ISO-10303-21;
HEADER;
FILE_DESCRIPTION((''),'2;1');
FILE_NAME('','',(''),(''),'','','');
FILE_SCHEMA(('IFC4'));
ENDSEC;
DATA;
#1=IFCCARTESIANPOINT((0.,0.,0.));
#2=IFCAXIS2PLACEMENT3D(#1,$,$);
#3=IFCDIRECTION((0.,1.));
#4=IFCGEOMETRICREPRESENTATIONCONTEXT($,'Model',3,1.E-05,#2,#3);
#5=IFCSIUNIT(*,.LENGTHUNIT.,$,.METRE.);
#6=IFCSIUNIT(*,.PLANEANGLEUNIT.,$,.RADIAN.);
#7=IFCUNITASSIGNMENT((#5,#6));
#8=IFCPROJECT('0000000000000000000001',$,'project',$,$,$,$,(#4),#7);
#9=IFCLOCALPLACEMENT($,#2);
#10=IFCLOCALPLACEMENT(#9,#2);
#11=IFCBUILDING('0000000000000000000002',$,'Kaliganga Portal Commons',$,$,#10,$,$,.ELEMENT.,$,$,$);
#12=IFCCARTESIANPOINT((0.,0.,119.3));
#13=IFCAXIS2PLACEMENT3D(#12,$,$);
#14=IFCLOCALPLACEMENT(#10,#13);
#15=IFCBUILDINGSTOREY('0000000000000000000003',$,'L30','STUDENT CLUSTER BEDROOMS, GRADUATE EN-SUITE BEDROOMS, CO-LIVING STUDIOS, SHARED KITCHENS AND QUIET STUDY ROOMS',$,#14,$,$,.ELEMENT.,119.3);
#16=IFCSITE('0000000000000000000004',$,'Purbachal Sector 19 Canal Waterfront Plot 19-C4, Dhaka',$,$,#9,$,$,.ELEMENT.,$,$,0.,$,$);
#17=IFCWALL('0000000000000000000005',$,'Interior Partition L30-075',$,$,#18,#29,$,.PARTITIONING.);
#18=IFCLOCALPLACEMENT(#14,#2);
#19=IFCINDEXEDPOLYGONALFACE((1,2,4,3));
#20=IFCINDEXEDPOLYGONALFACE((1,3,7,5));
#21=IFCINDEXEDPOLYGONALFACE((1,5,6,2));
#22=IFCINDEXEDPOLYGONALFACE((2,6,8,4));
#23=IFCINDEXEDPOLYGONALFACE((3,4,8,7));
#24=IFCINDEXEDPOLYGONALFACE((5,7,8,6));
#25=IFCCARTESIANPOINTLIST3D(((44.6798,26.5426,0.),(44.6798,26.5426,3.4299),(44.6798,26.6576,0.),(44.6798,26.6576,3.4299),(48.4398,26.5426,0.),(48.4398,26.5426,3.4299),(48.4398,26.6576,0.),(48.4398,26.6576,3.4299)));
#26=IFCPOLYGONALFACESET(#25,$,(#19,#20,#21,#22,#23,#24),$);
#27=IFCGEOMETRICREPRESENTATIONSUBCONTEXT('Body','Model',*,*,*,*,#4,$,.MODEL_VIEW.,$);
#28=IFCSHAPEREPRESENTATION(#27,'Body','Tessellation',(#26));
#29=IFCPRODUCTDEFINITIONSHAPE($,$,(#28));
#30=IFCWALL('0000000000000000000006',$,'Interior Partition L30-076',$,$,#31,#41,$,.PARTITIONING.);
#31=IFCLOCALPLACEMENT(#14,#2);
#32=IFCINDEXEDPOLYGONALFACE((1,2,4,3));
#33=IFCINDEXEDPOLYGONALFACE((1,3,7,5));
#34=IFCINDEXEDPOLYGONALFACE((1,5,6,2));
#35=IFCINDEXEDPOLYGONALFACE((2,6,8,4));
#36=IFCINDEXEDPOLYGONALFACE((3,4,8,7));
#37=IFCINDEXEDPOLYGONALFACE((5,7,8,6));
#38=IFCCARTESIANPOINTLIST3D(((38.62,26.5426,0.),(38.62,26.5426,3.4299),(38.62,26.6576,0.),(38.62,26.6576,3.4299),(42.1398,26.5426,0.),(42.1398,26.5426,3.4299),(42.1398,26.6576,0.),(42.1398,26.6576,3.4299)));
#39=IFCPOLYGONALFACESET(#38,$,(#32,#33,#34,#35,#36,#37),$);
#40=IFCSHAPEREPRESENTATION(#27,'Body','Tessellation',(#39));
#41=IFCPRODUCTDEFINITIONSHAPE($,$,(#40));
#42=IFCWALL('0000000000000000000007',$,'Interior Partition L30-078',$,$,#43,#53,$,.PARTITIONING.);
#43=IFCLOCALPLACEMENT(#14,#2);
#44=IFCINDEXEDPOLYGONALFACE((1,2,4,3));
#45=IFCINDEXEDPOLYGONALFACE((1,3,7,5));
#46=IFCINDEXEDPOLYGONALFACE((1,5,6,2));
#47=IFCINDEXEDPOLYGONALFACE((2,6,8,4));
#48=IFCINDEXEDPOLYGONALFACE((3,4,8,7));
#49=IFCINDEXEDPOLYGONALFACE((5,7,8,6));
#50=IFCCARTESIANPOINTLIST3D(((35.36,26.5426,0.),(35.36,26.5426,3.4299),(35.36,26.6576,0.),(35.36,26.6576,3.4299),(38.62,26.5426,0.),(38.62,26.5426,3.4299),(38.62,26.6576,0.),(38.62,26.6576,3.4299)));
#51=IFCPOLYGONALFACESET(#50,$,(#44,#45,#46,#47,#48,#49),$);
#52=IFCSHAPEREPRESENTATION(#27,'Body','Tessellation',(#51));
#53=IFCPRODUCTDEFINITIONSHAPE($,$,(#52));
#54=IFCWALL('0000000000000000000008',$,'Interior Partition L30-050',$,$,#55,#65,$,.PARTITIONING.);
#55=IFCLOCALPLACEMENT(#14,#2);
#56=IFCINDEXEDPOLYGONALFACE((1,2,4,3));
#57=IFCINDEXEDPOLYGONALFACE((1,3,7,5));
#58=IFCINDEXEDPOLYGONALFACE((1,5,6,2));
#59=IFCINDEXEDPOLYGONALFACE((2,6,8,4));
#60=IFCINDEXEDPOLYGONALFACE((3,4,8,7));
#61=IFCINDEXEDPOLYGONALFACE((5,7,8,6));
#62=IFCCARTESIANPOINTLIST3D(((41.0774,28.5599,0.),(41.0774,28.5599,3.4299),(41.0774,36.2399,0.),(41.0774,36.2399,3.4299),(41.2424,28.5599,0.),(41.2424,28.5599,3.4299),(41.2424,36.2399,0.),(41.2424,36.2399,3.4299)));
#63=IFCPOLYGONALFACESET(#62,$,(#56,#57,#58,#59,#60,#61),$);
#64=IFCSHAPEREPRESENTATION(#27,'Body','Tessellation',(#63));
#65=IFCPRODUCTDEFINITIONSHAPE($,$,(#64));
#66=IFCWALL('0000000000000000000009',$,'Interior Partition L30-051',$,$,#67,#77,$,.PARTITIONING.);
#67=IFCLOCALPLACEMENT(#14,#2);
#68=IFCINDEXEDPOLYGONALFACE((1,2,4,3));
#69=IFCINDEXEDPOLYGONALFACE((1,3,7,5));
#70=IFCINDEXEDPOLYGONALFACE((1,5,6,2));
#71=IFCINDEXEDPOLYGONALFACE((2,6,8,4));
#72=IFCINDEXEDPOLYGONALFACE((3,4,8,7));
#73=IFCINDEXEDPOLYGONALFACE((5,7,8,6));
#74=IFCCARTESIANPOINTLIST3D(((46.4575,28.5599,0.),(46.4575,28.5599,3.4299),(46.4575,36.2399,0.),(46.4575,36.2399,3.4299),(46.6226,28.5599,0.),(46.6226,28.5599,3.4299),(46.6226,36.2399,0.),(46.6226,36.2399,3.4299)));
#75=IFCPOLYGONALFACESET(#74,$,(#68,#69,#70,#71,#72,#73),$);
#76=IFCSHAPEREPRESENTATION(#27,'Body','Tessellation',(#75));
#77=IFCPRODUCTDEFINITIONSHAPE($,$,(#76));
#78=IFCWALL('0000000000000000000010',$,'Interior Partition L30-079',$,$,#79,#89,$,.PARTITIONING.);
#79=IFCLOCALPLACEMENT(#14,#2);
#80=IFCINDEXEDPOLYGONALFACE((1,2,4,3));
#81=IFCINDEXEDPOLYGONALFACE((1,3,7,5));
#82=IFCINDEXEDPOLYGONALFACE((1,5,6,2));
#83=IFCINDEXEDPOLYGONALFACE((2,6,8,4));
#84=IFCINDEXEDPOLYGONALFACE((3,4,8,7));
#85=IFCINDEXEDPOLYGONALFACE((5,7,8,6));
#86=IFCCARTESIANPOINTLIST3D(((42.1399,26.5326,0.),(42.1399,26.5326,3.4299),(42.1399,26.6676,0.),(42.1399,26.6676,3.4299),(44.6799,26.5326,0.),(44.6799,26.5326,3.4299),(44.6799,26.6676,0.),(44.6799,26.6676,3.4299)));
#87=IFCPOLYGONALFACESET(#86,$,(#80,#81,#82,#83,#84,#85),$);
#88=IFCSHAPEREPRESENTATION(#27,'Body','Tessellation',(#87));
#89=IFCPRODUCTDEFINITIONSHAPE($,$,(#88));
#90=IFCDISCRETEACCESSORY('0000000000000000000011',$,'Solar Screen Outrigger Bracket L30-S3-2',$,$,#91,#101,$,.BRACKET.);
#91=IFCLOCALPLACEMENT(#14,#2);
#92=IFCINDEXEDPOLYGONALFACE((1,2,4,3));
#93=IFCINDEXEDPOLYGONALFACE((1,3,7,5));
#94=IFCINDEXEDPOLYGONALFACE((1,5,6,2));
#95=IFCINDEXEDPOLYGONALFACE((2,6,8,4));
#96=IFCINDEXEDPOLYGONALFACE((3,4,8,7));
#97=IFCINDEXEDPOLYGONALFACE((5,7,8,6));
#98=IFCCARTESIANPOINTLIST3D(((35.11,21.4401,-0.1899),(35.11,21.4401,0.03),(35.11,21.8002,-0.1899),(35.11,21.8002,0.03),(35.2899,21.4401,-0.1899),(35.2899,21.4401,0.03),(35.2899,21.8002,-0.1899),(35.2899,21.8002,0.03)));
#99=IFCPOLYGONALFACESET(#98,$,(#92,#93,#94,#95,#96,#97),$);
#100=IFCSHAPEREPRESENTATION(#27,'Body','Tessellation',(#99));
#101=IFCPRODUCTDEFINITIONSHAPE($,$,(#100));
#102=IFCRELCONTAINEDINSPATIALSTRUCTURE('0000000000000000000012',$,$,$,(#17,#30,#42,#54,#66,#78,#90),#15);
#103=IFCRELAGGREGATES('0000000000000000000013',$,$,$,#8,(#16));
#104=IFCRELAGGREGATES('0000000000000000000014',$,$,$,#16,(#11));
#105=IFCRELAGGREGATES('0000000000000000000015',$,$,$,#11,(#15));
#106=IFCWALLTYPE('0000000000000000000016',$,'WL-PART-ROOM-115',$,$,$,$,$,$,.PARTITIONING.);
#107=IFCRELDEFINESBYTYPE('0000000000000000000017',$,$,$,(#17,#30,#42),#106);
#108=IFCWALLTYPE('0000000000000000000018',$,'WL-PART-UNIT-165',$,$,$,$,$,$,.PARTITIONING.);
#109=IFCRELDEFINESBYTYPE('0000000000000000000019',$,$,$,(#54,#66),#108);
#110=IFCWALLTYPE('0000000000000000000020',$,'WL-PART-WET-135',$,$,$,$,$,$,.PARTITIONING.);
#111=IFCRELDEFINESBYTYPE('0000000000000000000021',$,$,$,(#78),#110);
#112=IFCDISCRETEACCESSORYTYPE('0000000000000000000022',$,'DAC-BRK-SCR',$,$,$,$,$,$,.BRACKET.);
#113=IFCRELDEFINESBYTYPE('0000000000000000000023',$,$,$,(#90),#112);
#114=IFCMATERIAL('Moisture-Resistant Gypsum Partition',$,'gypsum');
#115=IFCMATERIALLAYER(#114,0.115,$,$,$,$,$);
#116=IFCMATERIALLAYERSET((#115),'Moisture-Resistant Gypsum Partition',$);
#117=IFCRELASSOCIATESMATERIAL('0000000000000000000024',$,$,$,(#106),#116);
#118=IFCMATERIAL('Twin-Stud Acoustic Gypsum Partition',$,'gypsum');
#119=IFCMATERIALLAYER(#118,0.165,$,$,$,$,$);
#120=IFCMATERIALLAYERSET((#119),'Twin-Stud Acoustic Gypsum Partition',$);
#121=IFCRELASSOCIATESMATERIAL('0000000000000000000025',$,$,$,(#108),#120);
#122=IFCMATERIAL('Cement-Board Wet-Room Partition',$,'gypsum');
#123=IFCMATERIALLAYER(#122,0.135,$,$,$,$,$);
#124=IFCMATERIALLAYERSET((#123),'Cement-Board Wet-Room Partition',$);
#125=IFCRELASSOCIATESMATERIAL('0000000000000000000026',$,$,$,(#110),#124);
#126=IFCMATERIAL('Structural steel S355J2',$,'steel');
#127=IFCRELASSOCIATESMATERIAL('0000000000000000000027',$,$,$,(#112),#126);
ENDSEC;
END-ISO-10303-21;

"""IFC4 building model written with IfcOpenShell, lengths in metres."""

from ifc_helpers import new_model, si_unit, direction, frame, frame_2d, origin, origin_2d, place, context, subcontext, project, spatial, rectangle, extrude, source, transform, mapped, material, layer, layer_set, type_object, element, save


model = new_model("IFC4")

# Units and contexts
model_context = context("Model", 3, precision=1e-05, world=origin(), true_north=direction((0.0, 1.0)))
body_context = subcontext(model_context, "Body", "Model", "MODEL_VIEW")
ifc_project = project(units=[si_unit("LENGTHUNIT", "METRE"), si_unit("PLANEANGLEUNIT", "RADIAN")], contexts=[model_context])

# Site, building, storey
site_placement = place(None, origin())
site = spatial("IfcSite", under=ifc_project, at=site_placement, Name="Purbachal Sector 19 Canal Waterfront Plot 19-C4, Dhaka", CompositionType="ELEMENT", RefElevation=0.0)
building_placement = place(site_placement, origin())
building = spatial("IfcBuilding", under=site, at=building_placement, Name="Kaliganga Portal Commons", CompositionType="ELEMENT")
storey_placement = place(building_placement, frame((0.0, 0.0, 119.3)))
storey = spatial("IfcBuildingStorey", under=building, at=storey_placement, Name="L30", Description="STUDENT CLUSTER BEDROOMS, GRADUATE EN-SUITE BEDROOMS, CO-LIVING STUDIOS, SHARED KITCHENS AND QUIET STUDY ROOMS", CompositionType="ELEMENT", Elevation=119.3)

# Shared definitions
ifc_material_1 = material(Name="Structural steel S355J2", Category="steel")

# Walls
ifc_material_2 = material(Name="Moisture-Resistant Gypsum Partition", Category="gypsum")
ifc_layer_1 = layer(ifc_material_2, 0.115)
ifc_layer_set_1 = layer_set([ifc_layer_1], Name="Moisture-Resistant Gypsum Partition")
wall_type_1 = type_object("IfcWallType", Name="WL-PART-ROOM-115", PredefinedType="PARTITIONING", material=ifc_layer_set_1)
wall_1_placement = place(storey_placement, frame((44.6799, 26.6001, 0.0), z_axis=(0.0, 0.0, 1.0), x_axis=(1.0, 0.0, 0.0)))
element("IfcWall", 1, at=wall_1_placement, inside=storey, type_object=wall_type_1, Name="Interior Partition L30-075", PredefinedType="PARTITIONING", context=body_context, shape_type="SweptSolid", body=[
    extrude(rectangle(XDim=3.76, YDim=0.115, at=frame_2d((1.8799, 0.0))), origin(), (0.0, 0.0, 1.0), 3.4299),
])
wall_2_placement = place(storey_placement, frame((38.6201, 26.6001, 0.0), z_axis=(0.0, 0.0, 1.0), x_axis=(1.0, 0.0, 0.0)))
element("IfcWall", 2, at=wall_2_placement, inside=storey, type_object=wall_type_1, Name="Interior Partition L30-076", PredefinedType="PARTITIONING", context=body_context, shape_type="SweptSolid", body=[
    extrude(rectangle(XDim=3.5198, YDim=0.115, at=frame_2d((1.7598, 0.0))), origin(), (0.0, 0.0, 1.0), 3.4299),
])
wall_3_placement = place(storey_placement, frame((35.3601, 26.6001, 0.0), z_axis=(0.0, 0.0, 1.0), x_axis=(1.0, 0.0, 0.0)))
element("IfcWall", 3, at=wall_3_placement, inside=storey, type_object=wall_type_1, Name="Interior Partition L30-078", PredefinedType="PARTITIONING", context=body_context, shape_type="SweptSolid", body=[
    extrude(rectangle(XDim=3.26, YDim=0.115, at=frame_2d((1.6299, 0.0))), origin(), (0.0, 0.0, 1.0), 3.4299),
])
ifc_material_3 = material(Name="Twin-Stud Acoustic Gypsum Partition", Category="gypsum")
ifc_layer_2 = layer(ifc_material_3, 0.165)
ifc_layer_set_2 = layer_set([ifc_layer_2], Name="Twin-Stud Acoustic Gypsum Partition")
wall_type_2 = type_object("IfcWallType", Name="WL-PART-UNIT-165", PredefinedType="PARTITIONING", material=ifc_layer_set_2)
for number, where, z_axis, x_axis, name in (
    (4, (41.1599, 28.5601, 0.0), (0.0, 0.0, 1.0), (0.0, 1.0, 0.0), "Interior Partition L30-050"),
    (5, (46.54, 28.5601, 0.0), (0.0, 0.0, 1.0), (0.0, 1.0, 0.0), "Interior Partition L30-051"),
):
    element("IfcWall", number, at=place(storey_placement, frame(where, z_axis=z_axis, x_axis=x_axis)), inside=storey, type_object=wall_type_2, Name=name, PredefinedType="PARTITIONING", context=body_context, shape_type="SweptSolid", body=[
        extrude(rectangle(XDim=7.6799, YDim=0.165, at=frame_2d((3.8398, 0.0))), origin(), (0.0, 0.0, 1.0), 3.4299),
    ])
ifc_material_4 = material(Name="Cement-Board Wet-Room Partition", Category="gypsum")
ifc_layer_3 = layer(ifc_material_4, 0.135)
ifc_layer_set_3 = layer_set([ifc_layer_3], Name="Cement-Board Wet-Room Partition")
wall_type_3 = type_object("IfcWallType", Name="WL-PART-WET-135", PredefinedType="PARTITIONING", material=ifc_layer_set_3)
wall_4_placement = place(storey_placement, frame((42.1399, 26.6001, 0.0), z_axis=(0.0, 0.0, 1.0), x_axis=(1.0, 0.0, 0.0)))
element("IfcWall", 6, at=wall_4_placement, inside=storey, type_object=wall_type_3, Name="Interior Partition L30-079", PredefinedType="PARTITIONING", context=body_context, shape_type="SweptSolid", body=[
    extrude(rectangle(XDim=2.54, YDim=0.135, at=frame_2d((1.27, 0.0))), origin(), (0.0, 0.0, 1.0), 3.4299),
])

# Discrete accessory
discrete_accessory_type = type_object("IfcDiscreteAccessoryType", Name="DAC-BRK-SCR", PredefinedType="BRACKET", material=ifc_material_1)
shared_shape_1 = source(origin(), body_context, "Body", "SweptSolid", [
    extrude(rectangle(XDim=0.1799, YDim=0.3601, at=origin_2d()), origin(), (0.0, 0.0, 1.0), 0.22),
])
discrete_accessory_placement = place(storey_placement, frame((35.2, 21.6201, -0.1899), z_axis=(0.0, 0.0, 1.0), x_axis=(1.0, 0.0, 0.0)))
element("IfcDiscreteAccessory", 7, at=discrete_accessory_placement, inside=storey, type_object=discrete_accessory_type, Name="Solar Screen Outrigger Bracket L30-S3-2", PredefinedType="BRACKET", context=body_context, shape_type="MappedRepresentation", body=[
    mapped(shared_shape_1, transform((0.0, 0.0, 0.0), x_axis=(1.0, 0.0, 0.0), y_axis=(0.0, 1.0, 0.0), z_axis=(0.0, 0.0, 1.0), scale=1.0)),
])

save(model, "model.ifc")
